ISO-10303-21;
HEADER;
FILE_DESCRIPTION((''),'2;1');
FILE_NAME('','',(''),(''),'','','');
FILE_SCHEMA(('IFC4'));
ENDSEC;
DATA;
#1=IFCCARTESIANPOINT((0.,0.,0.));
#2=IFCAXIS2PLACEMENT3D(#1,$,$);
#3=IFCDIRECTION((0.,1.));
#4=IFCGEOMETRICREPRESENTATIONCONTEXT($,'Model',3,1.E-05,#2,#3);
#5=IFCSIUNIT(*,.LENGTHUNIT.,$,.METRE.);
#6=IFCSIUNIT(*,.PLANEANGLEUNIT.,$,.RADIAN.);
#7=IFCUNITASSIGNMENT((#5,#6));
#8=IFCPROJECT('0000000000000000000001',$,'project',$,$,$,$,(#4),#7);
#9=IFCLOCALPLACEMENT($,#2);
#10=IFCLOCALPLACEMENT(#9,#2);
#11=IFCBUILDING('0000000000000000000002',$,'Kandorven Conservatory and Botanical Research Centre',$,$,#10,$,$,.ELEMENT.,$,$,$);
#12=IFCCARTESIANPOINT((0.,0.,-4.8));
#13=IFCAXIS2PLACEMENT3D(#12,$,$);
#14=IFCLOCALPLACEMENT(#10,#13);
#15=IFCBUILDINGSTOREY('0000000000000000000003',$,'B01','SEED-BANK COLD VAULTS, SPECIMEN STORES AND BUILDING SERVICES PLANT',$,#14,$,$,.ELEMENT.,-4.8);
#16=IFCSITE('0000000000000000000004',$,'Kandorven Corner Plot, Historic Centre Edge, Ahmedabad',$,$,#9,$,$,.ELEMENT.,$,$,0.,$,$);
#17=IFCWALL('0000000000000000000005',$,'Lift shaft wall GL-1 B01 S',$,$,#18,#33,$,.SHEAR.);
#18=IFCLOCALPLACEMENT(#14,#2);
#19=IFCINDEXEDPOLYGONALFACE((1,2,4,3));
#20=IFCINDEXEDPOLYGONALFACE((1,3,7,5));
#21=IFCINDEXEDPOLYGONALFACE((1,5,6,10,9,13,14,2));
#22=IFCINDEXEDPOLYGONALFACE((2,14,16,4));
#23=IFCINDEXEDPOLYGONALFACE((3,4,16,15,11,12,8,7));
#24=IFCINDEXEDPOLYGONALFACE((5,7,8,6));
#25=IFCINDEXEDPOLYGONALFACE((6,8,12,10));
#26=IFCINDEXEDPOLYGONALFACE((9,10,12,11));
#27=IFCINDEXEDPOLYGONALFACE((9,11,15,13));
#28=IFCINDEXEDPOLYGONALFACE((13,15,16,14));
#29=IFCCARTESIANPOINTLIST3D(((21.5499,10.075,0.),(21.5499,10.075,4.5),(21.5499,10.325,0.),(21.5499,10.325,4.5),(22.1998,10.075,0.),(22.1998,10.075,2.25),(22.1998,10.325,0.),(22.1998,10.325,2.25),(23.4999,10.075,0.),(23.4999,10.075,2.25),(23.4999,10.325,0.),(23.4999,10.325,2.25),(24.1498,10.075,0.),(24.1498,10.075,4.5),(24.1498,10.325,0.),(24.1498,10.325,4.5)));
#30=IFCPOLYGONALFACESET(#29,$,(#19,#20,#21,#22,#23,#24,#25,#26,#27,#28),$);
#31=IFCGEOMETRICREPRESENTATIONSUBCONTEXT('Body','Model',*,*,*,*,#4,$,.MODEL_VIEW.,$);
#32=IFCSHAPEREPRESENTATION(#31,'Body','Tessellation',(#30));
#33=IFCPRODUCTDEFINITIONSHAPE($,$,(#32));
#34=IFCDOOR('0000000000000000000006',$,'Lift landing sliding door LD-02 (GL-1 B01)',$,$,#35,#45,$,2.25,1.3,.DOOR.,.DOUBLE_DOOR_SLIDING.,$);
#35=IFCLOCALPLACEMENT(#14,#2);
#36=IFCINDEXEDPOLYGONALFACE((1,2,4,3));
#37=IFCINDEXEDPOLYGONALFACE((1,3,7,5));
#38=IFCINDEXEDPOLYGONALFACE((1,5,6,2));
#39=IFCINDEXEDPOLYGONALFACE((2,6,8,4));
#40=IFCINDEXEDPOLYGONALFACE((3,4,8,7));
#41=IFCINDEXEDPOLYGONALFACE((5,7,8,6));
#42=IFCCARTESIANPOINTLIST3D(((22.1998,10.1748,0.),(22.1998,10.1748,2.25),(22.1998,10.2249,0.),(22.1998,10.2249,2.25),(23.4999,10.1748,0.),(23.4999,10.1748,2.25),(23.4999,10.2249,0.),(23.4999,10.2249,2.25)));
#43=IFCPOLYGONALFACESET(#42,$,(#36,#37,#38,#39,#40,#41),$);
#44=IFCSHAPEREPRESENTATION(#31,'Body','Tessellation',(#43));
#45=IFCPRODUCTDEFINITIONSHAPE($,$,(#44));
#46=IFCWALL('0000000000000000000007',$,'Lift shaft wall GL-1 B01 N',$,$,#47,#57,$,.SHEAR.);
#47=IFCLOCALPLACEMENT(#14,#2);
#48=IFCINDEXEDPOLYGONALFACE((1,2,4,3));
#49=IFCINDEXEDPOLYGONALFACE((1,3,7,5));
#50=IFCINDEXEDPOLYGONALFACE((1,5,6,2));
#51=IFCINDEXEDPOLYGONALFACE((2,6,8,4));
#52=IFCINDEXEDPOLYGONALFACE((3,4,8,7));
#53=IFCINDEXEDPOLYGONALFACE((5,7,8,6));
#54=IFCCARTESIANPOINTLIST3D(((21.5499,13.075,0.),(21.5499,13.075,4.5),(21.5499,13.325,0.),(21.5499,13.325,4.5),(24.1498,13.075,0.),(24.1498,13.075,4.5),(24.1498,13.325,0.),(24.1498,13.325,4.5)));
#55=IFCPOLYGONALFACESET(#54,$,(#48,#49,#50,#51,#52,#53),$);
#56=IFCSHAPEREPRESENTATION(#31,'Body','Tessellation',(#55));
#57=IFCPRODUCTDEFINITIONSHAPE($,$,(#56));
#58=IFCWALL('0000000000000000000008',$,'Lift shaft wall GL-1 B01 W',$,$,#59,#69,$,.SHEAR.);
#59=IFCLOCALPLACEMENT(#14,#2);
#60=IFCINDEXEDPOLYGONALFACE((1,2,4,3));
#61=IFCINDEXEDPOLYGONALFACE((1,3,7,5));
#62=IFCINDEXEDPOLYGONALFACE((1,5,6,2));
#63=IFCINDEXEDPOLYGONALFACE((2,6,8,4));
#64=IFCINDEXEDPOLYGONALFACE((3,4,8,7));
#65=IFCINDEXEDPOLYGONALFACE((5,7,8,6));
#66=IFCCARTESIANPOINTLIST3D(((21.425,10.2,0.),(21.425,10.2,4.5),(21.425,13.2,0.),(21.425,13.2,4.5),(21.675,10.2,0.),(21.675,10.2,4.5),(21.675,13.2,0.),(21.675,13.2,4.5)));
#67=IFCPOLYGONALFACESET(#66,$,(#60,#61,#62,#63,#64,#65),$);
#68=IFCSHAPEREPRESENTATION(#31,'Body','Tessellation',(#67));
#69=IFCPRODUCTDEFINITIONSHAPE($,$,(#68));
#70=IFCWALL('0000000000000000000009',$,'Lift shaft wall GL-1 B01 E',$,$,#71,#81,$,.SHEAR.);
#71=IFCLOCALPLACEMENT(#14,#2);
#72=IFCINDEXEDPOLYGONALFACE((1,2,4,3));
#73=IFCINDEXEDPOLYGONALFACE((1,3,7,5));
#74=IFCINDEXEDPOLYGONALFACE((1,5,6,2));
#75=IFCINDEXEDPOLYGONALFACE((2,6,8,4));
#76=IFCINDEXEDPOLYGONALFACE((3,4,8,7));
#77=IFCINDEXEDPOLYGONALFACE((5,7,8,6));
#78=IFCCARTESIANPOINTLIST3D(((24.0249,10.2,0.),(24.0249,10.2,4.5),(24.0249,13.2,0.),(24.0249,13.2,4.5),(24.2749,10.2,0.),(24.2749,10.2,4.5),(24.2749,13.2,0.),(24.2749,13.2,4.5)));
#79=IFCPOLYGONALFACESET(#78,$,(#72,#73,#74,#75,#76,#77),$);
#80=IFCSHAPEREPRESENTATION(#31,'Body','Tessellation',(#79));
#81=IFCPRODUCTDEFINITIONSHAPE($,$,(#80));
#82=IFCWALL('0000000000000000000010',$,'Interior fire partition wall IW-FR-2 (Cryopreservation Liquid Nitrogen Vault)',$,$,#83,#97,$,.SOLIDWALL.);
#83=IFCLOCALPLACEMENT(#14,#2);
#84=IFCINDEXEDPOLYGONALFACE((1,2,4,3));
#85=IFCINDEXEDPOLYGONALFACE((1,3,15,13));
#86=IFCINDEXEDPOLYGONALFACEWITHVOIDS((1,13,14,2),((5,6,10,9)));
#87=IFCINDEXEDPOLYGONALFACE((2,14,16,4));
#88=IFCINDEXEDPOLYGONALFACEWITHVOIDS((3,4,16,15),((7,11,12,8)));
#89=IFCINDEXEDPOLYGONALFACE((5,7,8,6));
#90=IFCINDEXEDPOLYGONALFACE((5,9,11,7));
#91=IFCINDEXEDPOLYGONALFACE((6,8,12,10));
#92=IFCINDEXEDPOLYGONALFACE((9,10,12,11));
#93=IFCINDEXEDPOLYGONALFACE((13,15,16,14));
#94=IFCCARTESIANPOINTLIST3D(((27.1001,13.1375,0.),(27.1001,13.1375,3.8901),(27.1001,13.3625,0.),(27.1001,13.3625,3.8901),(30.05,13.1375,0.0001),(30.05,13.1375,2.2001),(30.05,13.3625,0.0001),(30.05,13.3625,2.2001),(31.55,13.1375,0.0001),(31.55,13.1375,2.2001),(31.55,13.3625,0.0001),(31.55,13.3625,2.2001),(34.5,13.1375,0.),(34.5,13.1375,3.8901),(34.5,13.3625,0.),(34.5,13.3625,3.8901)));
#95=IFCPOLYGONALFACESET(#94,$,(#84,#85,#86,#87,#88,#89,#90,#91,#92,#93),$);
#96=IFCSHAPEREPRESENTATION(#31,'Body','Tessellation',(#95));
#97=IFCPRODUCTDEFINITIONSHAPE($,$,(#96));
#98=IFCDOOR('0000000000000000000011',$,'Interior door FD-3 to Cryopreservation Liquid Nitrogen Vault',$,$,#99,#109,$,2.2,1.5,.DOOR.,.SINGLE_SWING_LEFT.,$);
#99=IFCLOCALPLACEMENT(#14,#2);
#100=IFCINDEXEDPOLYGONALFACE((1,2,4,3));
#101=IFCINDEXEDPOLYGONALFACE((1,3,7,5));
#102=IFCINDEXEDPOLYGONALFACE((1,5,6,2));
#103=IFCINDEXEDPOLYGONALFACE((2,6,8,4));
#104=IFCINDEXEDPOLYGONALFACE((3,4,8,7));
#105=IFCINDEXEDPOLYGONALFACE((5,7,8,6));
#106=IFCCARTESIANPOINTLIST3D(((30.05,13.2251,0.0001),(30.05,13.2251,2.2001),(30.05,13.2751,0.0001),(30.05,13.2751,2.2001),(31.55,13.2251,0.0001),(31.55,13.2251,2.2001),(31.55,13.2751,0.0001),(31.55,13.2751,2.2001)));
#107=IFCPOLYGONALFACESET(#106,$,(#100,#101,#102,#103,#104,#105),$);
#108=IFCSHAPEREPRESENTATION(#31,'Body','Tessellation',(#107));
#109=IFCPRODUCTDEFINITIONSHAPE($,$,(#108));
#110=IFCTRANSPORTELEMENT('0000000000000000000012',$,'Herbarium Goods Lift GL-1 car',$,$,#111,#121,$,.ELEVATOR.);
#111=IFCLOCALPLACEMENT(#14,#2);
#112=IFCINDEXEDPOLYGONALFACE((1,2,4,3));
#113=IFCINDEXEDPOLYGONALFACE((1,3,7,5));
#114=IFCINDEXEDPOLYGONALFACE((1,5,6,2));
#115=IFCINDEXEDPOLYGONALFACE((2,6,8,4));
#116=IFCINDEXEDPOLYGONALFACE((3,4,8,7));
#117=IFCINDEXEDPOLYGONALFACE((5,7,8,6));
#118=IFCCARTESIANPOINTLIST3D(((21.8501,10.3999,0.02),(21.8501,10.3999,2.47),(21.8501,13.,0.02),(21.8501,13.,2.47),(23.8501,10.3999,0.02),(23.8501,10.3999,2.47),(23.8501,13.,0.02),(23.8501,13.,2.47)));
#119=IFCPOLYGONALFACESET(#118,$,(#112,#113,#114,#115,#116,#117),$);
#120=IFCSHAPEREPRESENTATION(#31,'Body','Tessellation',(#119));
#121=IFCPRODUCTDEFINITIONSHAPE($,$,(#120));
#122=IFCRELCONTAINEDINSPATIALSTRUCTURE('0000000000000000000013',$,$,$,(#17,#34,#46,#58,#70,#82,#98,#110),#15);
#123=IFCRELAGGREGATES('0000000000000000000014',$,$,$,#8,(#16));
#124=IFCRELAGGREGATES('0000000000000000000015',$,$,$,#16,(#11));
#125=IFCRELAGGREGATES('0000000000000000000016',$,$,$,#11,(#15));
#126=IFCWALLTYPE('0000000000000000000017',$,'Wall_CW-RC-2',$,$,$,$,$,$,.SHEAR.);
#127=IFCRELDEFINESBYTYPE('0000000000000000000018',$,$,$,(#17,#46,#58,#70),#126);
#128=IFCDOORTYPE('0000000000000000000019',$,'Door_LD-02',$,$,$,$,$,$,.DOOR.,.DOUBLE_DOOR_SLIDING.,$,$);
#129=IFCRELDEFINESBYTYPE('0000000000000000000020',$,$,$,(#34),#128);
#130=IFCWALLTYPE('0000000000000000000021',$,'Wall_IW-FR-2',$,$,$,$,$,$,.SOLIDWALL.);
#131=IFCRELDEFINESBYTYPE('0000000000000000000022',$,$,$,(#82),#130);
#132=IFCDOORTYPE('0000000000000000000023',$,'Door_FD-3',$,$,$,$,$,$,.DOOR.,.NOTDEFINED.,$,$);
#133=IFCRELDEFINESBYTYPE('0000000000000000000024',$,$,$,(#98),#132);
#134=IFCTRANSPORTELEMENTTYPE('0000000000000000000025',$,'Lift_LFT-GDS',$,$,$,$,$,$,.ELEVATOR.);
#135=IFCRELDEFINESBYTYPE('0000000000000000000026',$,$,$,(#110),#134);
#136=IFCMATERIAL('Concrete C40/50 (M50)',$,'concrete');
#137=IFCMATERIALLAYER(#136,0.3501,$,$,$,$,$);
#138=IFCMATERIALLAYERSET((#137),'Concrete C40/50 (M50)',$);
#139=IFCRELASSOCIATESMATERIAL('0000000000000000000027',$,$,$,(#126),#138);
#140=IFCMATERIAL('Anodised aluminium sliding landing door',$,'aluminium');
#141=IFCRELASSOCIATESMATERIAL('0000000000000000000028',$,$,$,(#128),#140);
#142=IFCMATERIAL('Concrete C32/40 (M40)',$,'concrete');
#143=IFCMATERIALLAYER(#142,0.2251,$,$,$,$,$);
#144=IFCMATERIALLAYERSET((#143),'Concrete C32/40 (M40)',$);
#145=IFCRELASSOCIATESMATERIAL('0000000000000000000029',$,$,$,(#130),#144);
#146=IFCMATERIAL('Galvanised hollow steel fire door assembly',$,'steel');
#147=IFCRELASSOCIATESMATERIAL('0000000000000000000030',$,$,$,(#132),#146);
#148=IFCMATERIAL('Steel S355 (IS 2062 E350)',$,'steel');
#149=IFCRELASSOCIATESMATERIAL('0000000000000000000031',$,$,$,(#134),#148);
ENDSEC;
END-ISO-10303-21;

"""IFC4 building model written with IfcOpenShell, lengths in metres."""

from ifc_helpers import new_model, si_unit, direction, frame, frame_2d, origin, origin_2d, place, context, subcontext, project, spatial, rectangle, extrude, material, layer, layer_set, type_object, element, fill, save


model = new_model("IFC4")

# Units and contexts
model_context = context("Model", 3, precision=1e-05, world=origin(), true_north=direction((0.0, 1.0)))
body_context = subcontext(model_context, "Body", "Model", "MODEL_VIEW")
ifc_project = project(units=[si_unit("LENGTHUNIT", "METRE"), si_unit("PLANEANGLEUNIT", "RADIAN")], contexts=[model_context])

# Site, building, storey
site_placement = place(None, origin())
site = spatial("IfcSite", under=ifc_project, at=site_placement, Name="Kandorven Corner Plot, Historic Centre Edge, Ahmedabad", CompositionType="ELEMENT", RefElevation=0.0)
building_placement = place(site_placement, origin())
building = spatial("IfcBuilding", under=site, at=building_placement, Name="Kandorven Conservatory and Botanical Research Centre", CompositionType="ELEMENT")
storey_placement = place(building_placement, frame((0.0, 0.0, -4.8)))
storey = spatial("IfcBuildingStorey", under=building, at=storey_placement, Name="B01", Description="SEED-BANK COLD VAULTS, SPECIMEN STORES AND BUILDING SERVICES PLANT", CompositionType="ELEMENT", Elevation=-4.8)

# Shared definitions
ifc_material_1 = material(Name="Concrete C40/50 (M50)", Category="concrete")
ifc_layer_1 = layer(ifc_material_1, 0.3501)
ifc_layer_set_1 = layer_set([ifc_layer_1], Name="Concrete C40/50 (M50)")
wall_type_1 = type_object("IfcWallType", Name="Wall_CW-RC-2", PredefinedType="SHEAR", material=ifc_layer_set_1)

# Wall, opening, door
wall_1_placement = place(storey_placement, frame((21.55, 10.2, 0.0), z_axis=(0.0, 0.0, 1.0), x_axis=(1.0, 0.0, 0.0)))
wall_1 = element("IfcWall", 1, at=wall_1_placement, inside=storey, type_object=wall_type_1, Name="Lift shaft wall GL-1 B01 S", PredefinedType="SHEAR", context=body_context, shape_type="SweptSolid", body=[
    extrude(rectangle(XDim=2.5999, YDim=0.25, at=frame_2d((1.2998, 0.0))), origin(), (0.0, 0.0, 1.0), 4.5),
])
opening_1_placement = place(wall_1_placement, frame((0.6499, 0.0, 0.0)))
opening_1 = element("IfcOpeningElement", 2, at=opening_1_placement, cuts=wall_1, PredefinedType="OPENING", context=body_context, shape_type="SweptSolid", body=[
    extrude(rectangle(XDim=1.3, YDim=2.25, at=frame_2d((0.6499, 1.125))), frame((0.0, 0.135, 0.0), z_axis=(0.0, -1.0, 0.0), x_axis=(1.0, 0.0, 0.0)), (0.0, 0.0, 1.0), 0.27),
])
ifc_material_2 = material(Name="Anodised aluminium sliding landing door", Category="aluminium")
door_type_1 = type_object("IfcDoorType", Name="Door_LD-02", OperationType="DOUBLE_DOOR_SLIDING", PredefinedType="DOOR", material=ifc_material_2)
door_1_placement = place(opening_1_placement, origin())
door_1 = element("IfcDoor", 3, at=door_1_placement, inside=storey, type_object=door_type_1, Name="Lift landing sliding door LD-02 (GL-1 B01)", OperationType="DOUBLE_DOOR_SLIDING", OverallHeight=2.25, OverallWidth=1.3, PredefinedType="DOOR", context=body_context, shape_type="SweptSolid", body=[
    extrude(rectangle(XDim=1.3, YDim=2.25, at=frame_2d((0.6499, 1.125))), frame((0.0, 0.0249, 0.0), z_axis=(0.0, -1.0, 0.0), x_axis=(1.0, 0.0, 0.0)), (0.0, 0.0, 1.0), 0.05),
])
fill(opening_1, door_1)

# Walls
wall_2_placement = place(storey_placement, frame((21.55, 13.2, 0.0), z_axis=(0.0, 0.0, 1.0), x_axis=(1.0, 0.0, 0.0)))
element("IfcWall", 4, at=wall_2_placement, inside=storey, type_object=wall_type_1, Name="Lift shaft wall GL-1 B01 N", PredefinedType="SHEAR", context=body_context, shape_type="SweptSolid", body=[
    extrude(rectangle(XDim=2.5999, YDim=0.25, at=frame_2d((1.2998, 0.0))), origin(), (0.0, 0.0, 1.0), 4.5),
])
for number, where, z_axis, x_axis, name in (
    (5, (21.55, 10.2, 0.0), (0.0, 0.0, 1.0), (0.0, 1.0, 0.0), "Lift shaft wall GL-1 B01 W"),
    (6, (24.1499, 10.2, 0.0), (0.0, 0.0, 1.0), (0.0, 1.0, 0.0), "Lift shaft wall GL-1 B01 E"),
):
    element("IfcWall", number, at=place(storey_placement, frame(where, z_axis=z_axis, x_axis=x_axis)), inside=storey, type_object=wall_type_1, Name=name, PredefinedType="SHEAR", context=body_context, shape_type="SweptSolid", body=[
        extrude(rectangle(XDim=3.0, YDim=0.25, at=frame_2d((1.5, 0.0))), origin(), (0.0, 0.0, 1.0), 4.5),
    ])

# Wall, opening, door
ifc_material_3 = material(Name="Concrete C32/40 (M40)", Category="concrete")
ifc_layer_2 = layer(ifc_material_3, 0.2251)
ifc_layer_set_2 = layer_set([ifc_layer_2], Name="Concrete C32/40 (M40)")
wall_type_2 = type_object("IfcWallType", Name="Wall_IW-FR-2", PredefinedType="SOLIDWALL", material=ifc_layer_set_2)
wall_3_placement = place(storey_placement, frame((27.1001, 13.25, 0.0), z_axis=(0.0, 0.0, 1.0), x_axis=(1.0, 0.0, 0.0)))
wall_3 = element("IfcWall", 7, at=wall_3_placement, inside=storey, type_object=wall_type_2, Name="Interior fire partition wall IW-FR-2 (Cryopreservation Liquid Nitrogen Vault)", PredefinedType="SOLIDWALL", context=body_context, shape_type="SweptSolid", body=[
    extrude(rectangle(XDim=7.3999, YDim=0.2251, at=frame_2d((3.7, 0.0))), origin(), (0.0, 0.0, 1.0), 3.8901),
])
opening_2_placement = place(wall_3_placement, frame((2.95, 0.0, 0.0)))
opening_2 = element("IfcOpeningElement", 8, at=opening_2_placement, cuts=wall_3, PredefinedType="OPENING", context=body_context, shape_type="SweptSolid", body=[
    extrude(rectangle(XDim=1.5, YDim=2.2, at=frame_2d((0.75, 1.1001))), frame((0.0, 0.1226, 0.0), z_axis=(0.0, -1.0, 0.0), x_axis=(1.0, 0.0, 0.0)), (0.0, 0.0, 1.0), 0.2451),
])
ifc_material_4 = material(Name="Galvanised hollow steel fire door assembly", Category="steel")
door_type_2 = type_object("IfcDoorType", Name="Door_FD-3", OperationType="NOTDEFINED", PredefinedType="DOOR", material=ifc_material_4)
door_2_placement = place(opening_2_placement, frame((1.5, 0.0, 0.0), z_axis=(0.0, 0.0, 1.0), x_axis=(-1.0, 0.0, 0.0)))
door_2 = element("IfcDoor", 9, at=door_2_placement, inside=storey, type_object=door_type_2, Name="Interior door FD-3 to Cryopreservation Liquid Nitrogen Vault", OperationType="SINGLE_SWING_LEFT", OverallHeight=2.2, OverallWidth=1.5, PredefinedType="DOOR", context=body_context, shape_type="SweptSolid", body=[
    extrude(rectangle(XDim=1.5, YDim=2.2, at=frame_2d((0.75, 1.1001))), frame((0.0, 0.0249, 0.0), z_axis=(0.0, -1.0, 0.0), x_axis=(1.0, 0.0, 0.0)), (0.0, 0.0, 1.0), 0.05),
])
fill(opening_2, door_2)

# Transport element
ifc_material_5 = material(Name="Steel S355 (IS 2062 E350)", Category="steel")
transport_element_type = type_object("IfcTransportElementType", Name="Lift_LFT-GDS", PredefinedType="ELEVATOR", material=ifc_material_5)
transport_element_placement = place(storey_placement, frame((22.8501, 11.7, 0.02), z_axis=(0.0, 0.0, 1.0), x_axis=(1.0, 0.0, 0.0)))
element("IfcTransportElement", 10, at=transport_element_placement, inside=storey, type_object=transport_element_type, Name="Herbarium Goods Lift GL-1 car", PredefinedType="ELEVATOR", context=body_context, shape_type="SweptSolid", body=[
    extrude(rectangle(XDim=2.0, YDim=2.6001, at=origin_2d()), origin(), (0.0, 0.0, 1.0), 2.45),
])

save(model, "model.ifc")
